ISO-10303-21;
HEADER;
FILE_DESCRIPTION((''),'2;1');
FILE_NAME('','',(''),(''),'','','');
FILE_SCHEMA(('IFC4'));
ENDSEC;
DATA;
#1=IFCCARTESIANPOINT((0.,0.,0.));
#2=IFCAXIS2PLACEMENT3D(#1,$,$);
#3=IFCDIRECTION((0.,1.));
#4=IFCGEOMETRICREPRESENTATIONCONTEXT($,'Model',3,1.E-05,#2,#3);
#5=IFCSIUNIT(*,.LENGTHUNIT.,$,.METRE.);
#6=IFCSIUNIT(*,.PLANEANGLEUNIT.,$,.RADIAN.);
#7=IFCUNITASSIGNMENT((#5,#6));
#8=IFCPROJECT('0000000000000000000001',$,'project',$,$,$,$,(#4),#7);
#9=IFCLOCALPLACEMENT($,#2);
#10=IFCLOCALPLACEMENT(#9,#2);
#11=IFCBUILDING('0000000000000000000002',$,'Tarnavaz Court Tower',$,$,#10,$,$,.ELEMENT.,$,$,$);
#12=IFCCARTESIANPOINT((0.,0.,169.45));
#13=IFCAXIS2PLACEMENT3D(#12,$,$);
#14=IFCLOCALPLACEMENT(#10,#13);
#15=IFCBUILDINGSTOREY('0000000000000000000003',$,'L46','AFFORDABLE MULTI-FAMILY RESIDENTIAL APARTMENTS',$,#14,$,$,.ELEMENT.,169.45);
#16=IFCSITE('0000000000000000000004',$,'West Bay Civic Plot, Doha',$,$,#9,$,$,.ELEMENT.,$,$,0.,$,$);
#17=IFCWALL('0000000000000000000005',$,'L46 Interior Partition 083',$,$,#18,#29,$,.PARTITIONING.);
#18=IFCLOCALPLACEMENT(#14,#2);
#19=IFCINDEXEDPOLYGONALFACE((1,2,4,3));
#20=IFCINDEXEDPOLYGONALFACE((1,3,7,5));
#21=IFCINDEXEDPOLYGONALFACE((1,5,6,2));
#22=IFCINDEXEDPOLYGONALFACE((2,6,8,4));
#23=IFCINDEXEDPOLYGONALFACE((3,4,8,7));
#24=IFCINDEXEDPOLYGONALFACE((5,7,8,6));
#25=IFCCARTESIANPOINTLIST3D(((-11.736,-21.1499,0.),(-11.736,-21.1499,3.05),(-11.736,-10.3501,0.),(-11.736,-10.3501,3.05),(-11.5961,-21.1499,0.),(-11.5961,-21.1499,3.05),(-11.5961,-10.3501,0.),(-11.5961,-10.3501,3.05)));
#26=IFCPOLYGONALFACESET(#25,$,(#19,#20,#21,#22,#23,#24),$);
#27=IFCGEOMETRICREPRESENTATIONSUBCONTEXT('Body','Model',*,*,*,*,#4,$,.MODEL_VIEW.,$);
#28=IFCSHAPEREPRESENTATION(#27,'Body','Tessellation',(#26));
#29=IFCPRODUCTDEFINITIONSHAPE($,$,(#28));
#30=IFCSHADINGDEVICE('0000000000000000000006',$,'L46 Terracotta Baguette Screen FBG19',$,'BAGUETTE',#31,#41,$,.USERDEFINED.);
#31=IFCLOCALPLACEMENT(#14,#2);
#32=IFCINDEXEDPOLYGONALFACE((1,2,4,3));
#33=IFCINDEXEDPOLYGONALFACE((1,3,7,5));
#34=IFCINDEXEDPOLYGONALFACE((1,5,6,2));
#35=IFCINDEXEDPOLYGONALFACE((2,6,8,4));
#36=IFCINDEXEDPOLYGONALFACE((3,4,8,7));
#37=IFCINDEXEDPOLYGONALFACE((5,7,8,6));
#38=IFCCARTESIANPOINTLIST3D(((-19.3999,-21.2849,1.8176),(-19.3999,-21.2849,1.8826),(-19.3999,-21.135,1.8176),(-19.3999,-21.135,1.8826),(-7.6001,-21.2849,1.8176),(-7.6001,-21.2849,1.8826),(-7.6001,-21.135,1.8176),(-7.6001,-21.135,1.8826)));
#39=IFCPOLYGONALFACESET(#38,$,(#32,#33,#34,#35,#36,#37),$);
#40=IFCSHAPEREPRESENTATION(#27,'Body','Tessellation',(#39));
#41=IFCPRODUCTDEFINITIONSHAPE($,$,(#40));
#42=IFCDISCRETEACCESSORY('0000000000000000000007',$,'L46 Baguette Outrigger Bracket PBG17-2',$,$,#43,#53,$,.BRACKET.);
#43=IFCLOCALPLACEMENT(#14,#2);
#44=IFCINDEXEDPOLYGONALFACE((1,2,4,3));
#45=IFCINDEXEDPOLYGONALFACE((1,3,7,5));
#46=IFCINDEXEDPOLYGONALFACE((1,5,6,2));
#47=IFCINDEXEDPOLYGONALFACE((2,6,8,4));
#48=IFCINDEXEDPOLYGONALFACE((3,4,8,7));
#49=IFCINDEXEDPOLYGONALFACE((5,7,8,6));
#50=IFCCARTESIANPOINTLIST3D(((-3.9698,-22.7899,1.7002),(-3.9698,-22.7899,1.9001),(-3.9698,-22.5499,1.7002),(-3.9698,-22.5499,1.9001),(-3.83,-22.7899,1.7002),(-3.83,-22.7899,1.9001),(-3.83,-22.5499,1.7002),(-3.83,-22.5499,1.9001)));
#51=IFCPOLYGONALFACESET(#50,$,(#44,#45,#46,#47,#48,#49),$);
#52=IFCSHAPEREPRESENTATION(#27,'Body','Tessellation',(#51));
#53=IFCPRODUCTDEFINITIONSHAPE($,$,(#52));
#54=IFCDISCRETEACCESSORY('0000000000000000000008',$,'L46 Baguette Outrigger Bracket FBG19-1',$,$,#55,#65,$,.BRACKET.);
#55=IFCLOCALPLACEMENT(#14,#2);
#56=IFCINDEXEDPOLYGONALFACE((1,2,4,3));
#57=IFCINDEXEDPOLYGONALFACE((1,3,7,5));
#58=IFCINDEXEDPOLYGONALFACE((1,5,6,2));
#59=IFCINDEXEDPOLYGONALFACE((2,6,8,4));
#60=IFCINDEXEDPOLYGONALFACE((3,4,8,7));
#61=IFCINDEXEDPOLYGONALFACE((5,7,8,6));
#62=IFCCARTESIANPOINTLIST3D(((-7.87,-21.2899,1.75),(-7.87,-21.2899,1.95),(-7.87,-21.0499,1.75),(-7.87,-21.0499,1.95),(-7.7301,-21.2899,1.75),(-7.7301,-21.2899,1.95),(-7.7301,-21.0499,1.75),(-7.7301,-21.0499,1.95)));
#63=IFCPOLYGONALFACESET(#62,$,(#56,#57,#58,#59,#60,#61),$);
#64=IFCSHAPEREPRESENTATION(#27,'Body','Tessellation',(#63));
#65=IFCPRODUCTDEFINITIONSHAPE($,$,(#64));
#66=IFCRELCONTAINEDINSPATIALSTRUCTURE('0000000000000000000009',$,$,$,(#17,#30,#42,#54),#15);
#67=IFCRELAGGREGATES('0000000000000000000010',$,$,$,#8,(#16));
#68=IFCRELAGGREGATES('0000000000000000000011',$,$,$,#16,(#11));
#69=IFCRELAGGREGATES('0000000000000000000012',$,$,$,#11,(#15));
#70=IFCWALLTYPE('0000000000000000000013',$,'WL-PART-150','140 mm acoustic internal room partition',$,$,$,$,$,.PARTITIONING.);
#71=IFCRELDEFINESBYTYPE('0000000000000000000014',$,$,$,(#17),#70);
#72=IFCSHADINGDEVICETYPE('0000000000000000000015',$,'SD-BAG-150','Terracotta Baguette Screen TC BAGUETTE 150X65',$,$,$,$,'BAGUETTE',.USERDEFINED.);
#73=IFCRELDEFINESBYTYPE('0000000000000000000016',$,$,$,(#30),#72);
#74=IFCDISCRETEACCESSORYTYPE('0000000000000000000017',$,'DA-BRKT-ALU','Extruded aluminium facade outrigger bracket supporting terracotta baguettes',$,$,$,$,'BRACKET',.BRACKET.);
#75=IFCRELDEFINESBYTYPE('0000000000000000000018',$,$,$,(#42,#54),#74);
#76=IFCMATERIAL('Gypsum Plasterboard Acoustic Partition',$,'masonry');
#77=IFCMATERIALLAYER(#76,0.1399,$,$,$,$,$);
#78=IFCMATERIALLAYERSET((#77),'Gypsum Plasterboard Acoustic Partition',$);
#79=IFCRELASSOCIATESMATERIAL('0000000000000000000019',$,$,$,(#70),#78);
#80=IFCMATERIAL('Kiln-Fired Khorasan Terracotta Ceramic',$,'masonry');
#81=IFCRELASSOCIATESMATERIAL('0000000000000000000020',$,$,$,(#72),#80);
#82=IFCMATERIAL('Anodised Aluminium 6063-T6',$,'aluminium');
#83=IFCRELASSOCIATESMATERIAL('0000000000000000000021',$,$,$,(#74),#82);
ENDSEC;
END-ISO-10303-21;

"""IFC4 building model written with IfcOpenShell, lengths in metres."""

from ifc_helpers import new_model, si_unit, direction, frame, frame_2d, origin, origin_2d, place, context, subcontext, project, spatial, rectangle, extrude, material, layer, layer_set, material_profile, profile_set, type_object, element, save


model = new_model("IFC4")

# Units and contexts
model_context = context("Model", 3, precision=1e-05, world=origin(), true_north=direction((0.0, 1.0)))
body_context = subcontext(model_context, "Body", "Model", "MODEL_VIEW")
ifc_project = project(units=[si_unit("LENGTHUNIT", "METRE"), si_unit("PLANEANGLEUNIT", "RADIAN")], contexts=[model_context])

# Site, building, storey
site_placement = place(None, origin())
site = spatial("IfcSite", under=ifc_project, at=site_placement, Name="West Bay Civic Plot, Doha", CompositionType="ELEMENT", RefElevation=0.0)
building_placement = place(site_placement, origin())
building = spatial("IfcBuilding", under=site, at=building_placement, Name="Tarnavaz Court Tower", CompositionType="ELEMENT")
storey_placement = place(building_placement, frame((0.0, 0.0, 169.45)))
storey = spatial("IfcBuildingStorey", under=building, at=storey_placement, Name="L46", Description="AFFORDABLE MULTI-FAMILY RESIDENTIAL APARTMENTS", CompositionType="ELEMENT", Elevation=169.45)

# Shared definitions
ifc_material_1 = material(Name="Anodised Aluminium 6063-T6", Category="aluminium")

# Wall
ifc_material_2 = material(Name="Gypsum Plasterboard Acoustic Partition", Category="masonry")
ifc_layer_1 = layer(ifc_material_2, 0.1399)
ifc_layer_set_1 = layer_set([ifc_layer_1], Name="Gypsum Plasterboard Acoustic Partition")
wall_type_1 = type_object("IfcWallType", Name="WL-PART-150", Description="140 mm acoustic internal room partition", PredefinedType="PARTITIONING", material=ifc_layer_set_1)
wall_1_placement = place(storey_placement, frame((-11.666, -21.1499, 0.0), z_axis=(0.0, 0.0, 1.0), x_axis=(0.0, 1.0, 0.0)))
element("IfcWall", 1, at=wall_1_placement, inside=storey, type_object=wall_type_1, Name="L46 Interior Partition 083", PredefinedType="PARTITIONING", context=body_context, shape_type="SweptSolid", body=[
    extrude(rectangle(XDim=10.7998, YDim=0.1399, at=frame_2d((5.3999, 0.0))), origin(), (0.0, 0.0, 1.0), 3.05),
])

# Shading device
ifc_material_3 = material(Name="Kiln-Fired Khorasan Terracotta Ceramic", Category="masonry")
ifc_material_profile_1 = material_profile(ifc_material_3, rectangle(XDim=0.1499, YDim=0.0649, at=origin_2d()), Name="TC BAGUETTE 150X65")
ifc_profile_set_1 = profile_set([ifc_material_profile_1], Name="Kiln-Fired Khorasan Terracotta Ceramic")
shading_device_type = type_object("IfcShadingDeviceType", Name="SD-BAG-150", Description="Terracotta Baguette Screen TC BAGUETTE 150X65", ElementType="BAGUETTE", PredefinedType="USERDEFINED", material=ifc_profile_set_1)
shading_device_placement = place(storey_placement, frame((-7.6001, -21.21, 1.8501), z_axis=(-1.0, 0.0, 0.0), x_axis=(0.0, -1.0, 0.0)))
element("IfcShadingDevice", 2, at=shading_device_placement, inside=storey, type_object=shading_device_type, Name="L46 Terracotta Baguette Screen FBG19", ObjectType="BAGUETTE", PredefinedType="USERDEFINED", context=body_context, shape_type="SweptSolid", body=[
    extrude(rectangle(XDim=0.1499, YDim=0.0649, at=origin_2d()), origin(), (0.0, 0.0, 1.0), 11.7998),
])

# Discrete accessories
discrete_accessory_type = type_object("IfcDiscreteAccessoryType", Name="DA-BRKT-ALU", Description="Extruded aluminium facade outrigger bracket supporting terracotta baguettes", ElementType="BRACKET", PredefinedType="BRACKET", material=ifc_material_1)
for number, where, z_axis, x_axis, name in (
    (3, (-3.8999, -22.6699, 1.7002), (0.0, 0.0, 1.0), (-1.0, 0.0, 0.0), "L46 Baguette Outrigger Bracket PBG17-2"),
    (4, (-7.8, -21.1699, 1.75), (0.0, 0.0, 1.0), (-1.0, 0.0, 0.0), "L46 Baguette Outrigger Bracket FBG19-1"),
):
    element("IfcDiscreteAccessory", number, at=place(storey_placement, frame(where, z_axis=z_axis, x_axis=x_axis)), inside=storey, type_object=discrete_accessory_type, Name=name, PredefinedType="BRACKET", context=body_context, shape_type="SweptSolid", body=[
        extrude(rectangle(XDim=0.1399, YDim=0.24, at=origin_2d()), origin(), (0.0, 0.0, 1.0), 0.2),
    ])

save(model, "model.ifc")
